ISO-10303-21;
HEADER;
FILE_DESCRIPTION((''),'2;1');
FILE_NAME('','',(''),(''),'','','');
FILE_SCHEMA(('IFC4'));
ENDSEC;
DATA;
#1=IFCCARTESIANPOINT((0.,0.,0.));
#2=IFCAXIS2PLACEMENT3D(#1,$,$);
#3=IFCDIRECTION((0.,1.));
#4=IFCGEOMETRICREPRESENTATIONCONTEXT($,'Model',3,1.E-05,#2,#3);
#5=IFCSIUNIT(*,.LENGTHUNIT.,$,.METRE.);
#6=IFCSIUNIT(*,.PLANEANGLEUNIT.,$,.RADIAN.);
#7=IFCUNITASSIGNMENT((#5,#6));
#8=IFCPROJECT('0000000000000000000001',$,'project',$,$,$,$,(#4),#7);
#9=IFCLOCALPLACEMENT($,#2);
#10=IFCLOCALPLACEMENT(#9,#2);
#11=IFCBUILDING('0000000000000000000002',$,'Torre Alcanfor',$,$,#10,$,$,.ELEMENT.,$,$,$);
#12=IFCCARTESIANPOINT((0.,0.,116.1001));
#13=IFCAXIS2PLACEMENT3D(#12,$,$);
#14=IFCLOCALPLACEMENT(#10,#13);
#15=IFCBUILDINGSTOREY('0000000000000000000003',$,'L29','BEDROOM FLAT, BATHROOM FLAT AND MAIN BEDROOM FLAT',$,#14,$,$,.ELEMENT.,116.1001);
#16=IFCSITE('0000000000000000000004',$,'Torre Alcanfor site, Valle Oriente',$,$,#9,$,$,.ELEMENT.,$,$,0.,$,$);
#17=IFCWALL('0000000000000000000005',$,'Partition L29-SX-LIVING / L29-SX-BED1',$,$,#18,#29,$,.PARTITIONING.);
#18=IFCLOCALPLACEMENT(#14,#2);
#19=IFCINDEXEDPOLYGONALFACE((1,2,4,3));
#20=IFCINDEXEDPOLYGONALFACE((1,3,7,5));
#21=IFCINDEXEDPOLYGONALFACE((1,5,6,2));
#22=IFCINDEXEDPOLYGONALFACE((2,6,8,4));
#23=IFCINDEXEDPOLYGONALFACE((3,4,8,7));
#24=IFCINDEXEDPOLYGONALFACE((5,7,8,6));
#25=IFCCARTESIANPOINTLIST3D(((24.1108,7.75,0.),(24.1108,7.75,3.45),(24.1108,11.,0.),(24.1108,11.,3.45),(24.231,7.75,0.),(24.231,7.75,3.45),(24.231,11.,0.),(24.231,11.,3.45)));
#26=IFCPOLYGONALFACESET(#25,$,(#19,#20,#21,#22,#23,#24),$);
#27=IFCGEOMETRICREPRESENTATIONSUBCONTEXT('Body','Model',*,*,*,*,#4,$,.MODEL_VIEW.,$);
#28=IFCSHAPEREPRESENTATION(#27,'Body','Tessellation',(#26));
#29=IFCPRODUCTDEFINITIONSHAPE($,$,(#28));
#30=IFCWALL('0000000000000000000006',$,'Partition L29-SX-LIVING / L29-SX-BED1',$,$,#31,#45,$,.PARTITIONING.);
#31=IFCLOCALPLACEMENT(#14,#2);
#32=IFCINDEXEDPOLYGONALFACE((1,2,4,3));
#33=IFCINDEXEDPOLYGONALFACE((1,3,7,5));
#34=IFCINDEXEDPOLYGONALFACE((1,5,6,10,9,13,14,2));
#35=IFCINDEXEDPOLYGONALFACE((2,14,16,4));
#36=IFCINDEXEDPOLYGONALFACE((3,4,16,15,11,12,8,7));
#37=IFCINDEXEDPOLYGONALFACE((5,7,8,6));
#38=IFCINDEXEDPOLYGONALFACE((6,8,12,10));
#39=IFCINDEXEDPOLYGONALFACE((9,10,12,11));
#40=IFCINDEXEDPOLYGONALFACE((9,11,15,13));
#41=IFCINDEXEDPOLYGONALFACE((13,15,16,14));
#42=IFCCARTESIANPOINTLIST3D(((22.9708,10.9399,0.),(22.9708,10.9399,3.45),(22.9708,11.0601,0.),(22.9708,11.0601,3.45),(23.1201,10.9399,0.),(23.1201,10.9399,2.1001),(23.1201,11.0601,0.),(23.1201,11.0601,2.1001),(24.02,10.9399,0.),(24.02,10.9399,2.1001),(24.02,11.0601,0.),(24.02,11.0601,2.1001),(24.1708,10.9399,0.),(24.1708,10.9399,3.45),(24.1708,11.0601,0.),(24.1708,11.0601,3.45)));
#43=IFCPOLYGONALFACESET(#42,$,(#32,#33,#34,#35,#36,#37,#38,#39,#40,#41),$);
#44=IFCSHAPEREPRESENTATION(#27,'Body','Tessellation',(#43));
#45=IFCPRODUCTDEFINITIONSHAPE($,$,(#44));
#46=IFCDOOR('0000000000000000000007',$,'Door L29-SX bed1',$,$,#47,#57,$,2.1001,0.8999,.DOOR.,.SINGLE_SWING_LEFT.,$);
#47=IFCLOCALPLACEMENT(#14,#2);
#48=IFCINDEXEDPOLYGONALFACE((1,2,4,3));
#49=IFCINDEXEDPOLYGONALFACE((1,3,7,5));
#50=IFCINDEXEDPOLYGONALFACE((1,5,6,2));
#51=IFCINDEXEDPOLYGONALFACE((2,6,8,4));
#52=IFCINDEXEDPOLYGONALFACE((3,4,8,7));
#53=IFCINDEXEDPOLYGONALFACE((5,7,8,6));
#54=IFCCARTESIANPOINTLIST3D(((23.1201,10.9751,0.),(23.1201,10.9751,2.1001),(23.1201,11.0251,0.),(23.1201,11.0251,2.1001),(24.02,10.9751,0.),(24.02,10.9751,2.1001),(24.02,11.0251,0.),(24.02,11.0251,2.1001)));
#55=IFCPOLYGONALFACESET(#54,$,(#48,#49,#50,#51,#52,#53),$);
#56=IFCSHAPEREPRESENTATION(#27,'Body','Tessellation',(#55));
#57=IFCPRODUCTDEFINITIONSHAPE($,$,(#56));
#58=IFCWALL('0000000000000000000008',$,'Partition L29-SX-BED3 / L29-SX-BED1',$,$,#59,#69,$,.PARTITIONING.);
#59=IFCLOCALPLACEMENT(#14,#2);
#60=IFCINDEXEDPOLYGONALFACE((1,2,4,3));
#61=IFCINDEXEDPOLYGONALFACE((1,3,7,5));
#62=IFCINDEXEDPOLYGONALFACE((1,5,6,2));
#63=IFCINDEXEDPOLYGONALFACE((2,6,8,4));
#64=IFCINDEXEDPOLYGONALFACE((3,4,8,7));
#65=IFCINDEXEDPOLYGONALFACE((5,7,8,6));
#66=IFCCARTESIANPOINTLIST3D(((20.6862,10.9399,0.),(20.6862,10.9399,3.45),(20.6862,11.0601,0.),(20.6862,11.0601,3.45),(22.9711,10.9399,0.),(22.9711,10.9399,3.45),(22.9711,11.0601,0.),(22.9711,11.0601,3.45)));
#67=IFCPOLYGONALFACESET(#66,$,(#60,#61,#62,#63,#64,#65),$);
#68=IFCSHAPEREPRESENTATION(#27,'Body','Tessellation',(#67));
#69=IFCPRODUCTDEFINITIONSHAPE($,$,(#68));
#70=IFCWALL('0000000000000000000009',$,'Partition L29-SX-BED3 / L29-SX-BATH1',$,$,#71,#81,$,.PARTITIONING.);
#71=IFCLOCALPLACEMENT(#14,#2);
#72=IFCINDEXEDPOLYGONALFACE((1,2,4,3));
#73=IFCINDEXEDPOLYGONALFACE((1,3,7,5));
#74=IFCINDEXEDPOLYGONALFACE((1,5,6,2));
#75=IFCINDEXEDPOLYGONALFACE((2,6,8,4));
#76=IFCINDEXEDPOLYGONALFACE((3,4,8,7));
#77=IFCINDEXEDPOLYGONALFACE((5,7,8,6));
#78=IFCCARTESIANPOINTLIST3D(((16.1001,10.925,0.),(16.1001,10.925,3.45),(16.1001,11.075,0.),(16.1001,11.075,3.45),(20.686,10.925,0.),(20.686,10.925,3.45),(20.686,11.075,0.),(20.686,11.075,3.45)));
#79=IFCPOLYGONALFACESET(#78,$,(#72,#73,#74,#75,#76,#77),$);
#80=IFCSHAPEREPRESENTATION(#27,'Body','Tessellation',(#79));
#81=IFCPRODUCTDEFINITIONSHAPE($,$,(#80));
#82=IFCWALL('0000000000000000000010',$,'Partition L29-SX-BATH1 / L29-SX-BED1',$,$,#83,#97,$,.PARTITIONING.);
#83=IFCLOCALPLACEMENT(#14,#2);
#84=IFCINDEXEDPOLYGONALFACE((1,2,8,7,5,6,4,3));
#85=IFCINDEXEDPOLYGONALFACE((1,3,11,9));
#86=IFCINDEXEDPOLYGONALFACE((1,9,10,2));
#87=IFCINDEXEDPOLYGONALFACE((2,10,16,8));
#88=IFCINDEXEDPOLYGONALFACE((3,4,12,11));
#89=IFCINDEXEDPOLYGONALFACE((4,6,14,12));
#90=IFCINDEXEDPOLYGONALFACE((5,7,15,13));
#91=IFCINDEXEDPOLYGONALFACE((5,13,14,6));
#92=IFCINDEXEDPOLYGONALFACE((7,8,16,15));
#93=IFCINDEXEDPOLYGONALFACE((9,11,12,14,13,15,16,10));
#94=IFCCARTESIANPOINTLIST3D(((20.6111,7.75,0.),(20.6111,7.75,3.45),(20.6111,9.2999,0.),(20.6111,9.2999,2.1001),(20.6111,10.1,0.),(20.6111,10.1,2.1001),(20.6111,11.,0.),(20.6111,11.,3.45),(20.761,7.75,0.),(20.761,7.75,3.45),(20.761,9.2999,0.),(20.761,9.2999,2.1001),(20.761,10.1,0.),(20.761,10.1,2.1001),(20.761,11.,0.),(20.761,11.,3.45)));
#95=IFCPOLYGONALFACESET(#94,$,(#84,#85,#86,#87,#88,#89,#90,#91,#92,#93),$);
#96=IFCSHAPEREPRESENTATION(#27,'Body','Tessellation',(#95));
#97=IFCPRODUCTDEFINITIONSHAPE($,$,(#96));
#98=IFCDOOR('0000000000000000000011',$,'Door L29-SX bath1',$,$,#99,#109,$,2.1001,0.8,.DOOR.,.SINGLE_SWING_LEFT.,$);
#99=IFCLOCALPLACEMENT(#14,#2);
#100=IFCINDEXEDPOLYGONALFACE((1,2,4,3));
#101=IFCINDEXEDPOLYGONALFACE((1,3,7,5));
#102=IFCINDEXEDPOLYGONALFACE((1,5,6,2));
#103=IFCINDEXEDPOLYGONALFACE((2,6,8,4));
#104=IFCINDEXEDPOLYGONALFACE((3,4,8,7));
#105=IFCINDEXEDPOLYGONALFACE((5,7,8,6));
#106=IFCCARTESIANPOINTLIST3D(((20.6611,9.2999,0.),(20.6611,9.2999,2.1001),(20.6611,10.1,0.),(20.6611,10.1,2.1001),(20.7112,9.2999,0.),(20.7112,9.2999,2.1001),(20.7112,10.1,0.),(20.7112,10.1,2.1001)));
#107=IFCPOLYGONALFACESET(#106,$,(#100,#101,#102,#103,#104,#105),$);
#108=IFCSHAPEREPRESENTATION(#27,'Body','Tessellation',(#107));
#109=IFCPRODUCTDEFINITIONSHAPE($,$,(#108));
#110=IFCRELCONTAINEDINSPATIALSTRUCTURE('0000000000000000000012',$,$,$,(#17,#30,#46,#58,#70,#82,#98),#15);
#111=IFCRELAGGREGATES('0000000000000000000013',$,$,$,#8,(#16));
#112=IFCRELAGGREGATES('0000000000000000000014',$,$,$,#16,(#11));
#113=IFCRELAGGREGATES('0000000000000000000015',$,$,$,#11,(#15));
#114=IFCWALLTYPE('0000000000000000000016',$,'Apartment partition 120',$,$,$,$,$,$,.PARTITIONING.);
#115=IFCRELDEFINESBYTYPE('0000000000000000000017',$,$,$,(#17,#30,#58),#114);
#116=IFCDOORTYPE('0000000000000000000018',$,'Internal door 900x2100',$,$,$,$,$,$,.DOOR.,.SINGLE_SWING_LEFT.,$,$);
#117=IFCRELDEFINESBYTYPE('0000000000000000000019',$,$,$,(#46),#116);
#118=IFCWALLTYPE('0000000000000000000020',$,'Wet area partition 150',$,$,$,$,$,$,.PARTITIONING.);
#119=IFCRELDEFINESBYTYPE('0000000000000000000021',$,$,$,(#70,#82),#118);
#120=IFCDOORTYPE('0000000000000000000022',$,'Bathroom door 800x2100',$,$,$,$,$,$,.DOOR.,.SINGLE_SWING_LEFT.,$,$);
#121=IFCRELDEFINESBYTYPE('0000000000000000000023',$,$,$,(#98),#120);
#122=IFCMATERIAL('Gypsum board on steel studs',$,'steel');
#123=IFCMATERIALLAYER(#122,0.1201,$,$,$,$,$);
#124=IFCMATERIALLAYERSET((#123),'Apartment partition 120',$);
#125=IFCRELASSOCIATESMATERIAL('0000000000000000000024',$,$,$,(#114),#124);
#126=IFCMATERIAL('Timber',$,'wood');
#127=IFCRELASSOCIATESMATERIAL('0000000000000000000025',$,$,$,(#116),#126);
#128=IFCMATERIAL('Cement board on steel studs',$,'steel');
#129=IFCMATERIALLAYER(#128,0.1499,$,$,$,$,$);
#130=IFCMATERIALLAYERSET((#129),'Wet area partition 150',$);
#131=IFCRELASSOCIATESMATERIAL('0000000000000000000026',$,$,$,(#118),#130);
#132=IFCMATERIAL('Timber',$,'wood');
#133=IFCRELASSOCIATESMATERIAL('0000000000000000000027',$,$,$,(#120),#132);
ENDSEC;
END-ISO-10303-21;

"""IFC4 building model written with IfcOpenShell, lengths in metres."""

from ifc_helpers import new_model, si_unit, direction, frame, frame_2d, origin, place, context, subcontext, project, spatial, rectangle, extrude, material, layer, layer_set, type_object, element, fill, save


model = new_model("IFC4")

# Units and contexts
model_context = context("Model", 3, precision=1e-05, world=origin(), true_north=direction((0.0, 1.0)))
body_context = subcontext(model_context, "Body", "Model", "MODEL_VIEW")
ifc_project = project(units=[si_unit("LENGTHUNIT", "METRE"), si_unit("PLANEANGLEUNIT", "RADIAN")], contexts=[model_context])

# Site, building, storey
site_placement = place(None, origin())
site = spatial("IfcSite", under=ifc_project, at=site_placement, Name="Torre Alcanfor site, Valle Oriente", CompositionType="ELEMENT", RefElevation=0.0)
building_placement = place(site_placement, origin())
building = spatial("IfcBuilding", under=site, at=building_placement, Name="Torre Alcanfor", CompositionType="ELEMENT")
storey_placement = place(building_placement, frame((0.0, 0.0, 116.1001)))
storey = spatial("IfcBuildingStorey", under=building, at=storey_placement, Name="L29", Description="BEDROOM FLAT, BATHROOM FLAT AND MAIN BEDROOM FLAT", CompositionType="ELEMENT", Elevation=116.1001)

# Shared definitions
ifc_material_1 = material(Name="Gypsum board on steel studs", Category="steel")
ifc_layer_1 = layer(ifc_material_1, 0.1201)
ifc_layer_set_1 = layer_set([ifc_layer_1], Name="Apartment partition 120")
wall_type_1 = type_object("IfcWallType", Name="Apartment partition 120", PredefinedType="PARTITIONING", material=ifc_layer_set_1)

# Shared definitions
ifc_material_2 = material(Name="Timber", Category="wood")
door_type_1 = type_object("IfcDoorType", Name="Internal door 900x2100", OperationType="SINGLE_SWING_LEFT", PredefinedType="DOOR", material=ifc_material_2)

# Wall
wall_1_placement = place(storey_placement, frame((24.1709, 7.75, 0.0), z_axis=(0.0, 0.0, 1.0), x_axis=(0.0, 1.0, 0.0)))
element("IfcWall", 1, at=wall_1_placement, inside=storey, type_object=wall_type_1, Name="Partition L29-SX-LIVING / L29-SX-BED1", PredefinedType="PARTITIONING", context=body_context, shape_type="SweptSolid", body=[
    extrude(rectangle(XDim=3.25, YDim=0.1201, at=frame_2d((1.625, 0.0))), origin(), (0.0, 0.0, 1.0), 3.45),
])

# Wall, opening, door
wall_2_placement = place(storey_placement, frame((24.1709, 11.0, 0.0), z_axis=(0.0, 0.0, 1.0), x_axis=(-1.0, 0.0, 0.0)))
wall_2 = element("IfcWall", 2, at=wall_2_placement, inside=storey, type_object=wall_type_1, Name="Partition L29-SX-LIVING / L29-SX-BED1", PredefinedType="PARTITIONING", context=body_context, shape_type="SweptSolid", body=[
    extrude(rectangle(XDim=1.2, YDim=0.1201, at=frame_2d((0.6001, 0.0))), origin(), (0.0, 0.0, 1.0), 3.45),
])
opening_1_placement = place(wall_2_placement, frame((0.1509, 0.0, 0.0)))
opening_1 = element("IfcOpeningElement", 3, at=opening_1_placement, cuts=wall_2, PredefinedType="OPENING", context=body_context, shape_type="SweptSolid", body=[
    extrude(rectangle(XDim=0.8999, YDim=2.1001, at=frame_2d((0.45, 1.05))), frame((0.0, 0.0701, 0.0), z_axis=(0.0, -1.0, 0.0), x_axis=(1.0, 0.0, 0.0)), (0.0, 0.0, 1.0), 0.1401),
])
door_1_placement = place(opening_1_placement, origin())
door_1 = element("IfcDoor", 4, at=door_1_placement, inside=storey, type_object=door_type_1, Name="Door L29-SX bed1", OperationType="SINGLE_SWING_LEFT", OverallHeight=2.1001, OverallWidth=0.8999, PredefinedType="DOOR", context=body_context, shape_type="SweptSolid", body=[
    extrude(rectangle(XDim=0.8999, YDim=2.1001, at=frame_2d((0.45, 1.05))), frame((0.0, 0.0249, 0.0), z_axis=(0.0, -1.0, 0.0), x_axis=(1.0, 0.0, 0.0)), (0.0, 0.0, 1.0), 0.05),
])
fill(opening_1, door_1)

# Walls
wall_3_placement = place(storey_placement, frame((20.686, 11.0, 0.0), z_axis=(0.0, 0.0, 1.0), x_axis=(1.0, 0.0, 0.0)))
element("IfcWall", 5, at=wall_3_placement, inside=storey, type_object=wall_type_1, Name="Partition L29-SX-BED3 / L29-SX-BED1", PredefinedType="PARTITIONING", context=body_context, shape_type="SweptSolid", body=[
    extrude(rectangle(XDim=2.2849, YDim=0.1201, at=frame_2d((1.1426, 0.0))), origin(), (0.0, 0.0, 1.0), 3.45),
])
ifc_material_3 = material(Name="Cement board on steel studs", Category="steel")
ifc_layer_2 = layer(ifc_material_3, 0.1499)
ifc_layer_set_2 = layer_set([ifc_layer_2], Name="Wet area partition 150")
wall_type_2 = type_object("IfcWallType", Name="Wet area partition 150", PredefinedType="PARTITIONING", material=ifc_layer_set_2)
wall_4_placement = place(storey_placement, frame((16.1001, 11.0, 0.0), z_axis=(0.0, 0.0, 1.0), x_axis=(1.0, 0.0, 0.0)))
element("IfcWall", 6, at=wall_4_placement, inside=storey, type_object=wall_type_2, Name="Partition L29-SX-BED3 / L29-SX-BATH1", PredefinedType="PARTITIONING", context=body_context, shape_type="SweptSolid", body=[
    extrude(rectangle(XDim=4.5859, YDim=0.1499, at=frame_2d((2.293, 0.0))), origin(), (0.0, 0.0, 1.0), 3.45),
])

# Wall, opening, door
wall_5_placement = place(storey_placement, frame((20.686, 7.75, 0.0), z_axis=(0.0, 0.0, 1.0), x_axis=(0.0, 1.0, 0.0)))
wall_5 = element("IfcWall", 7, at=wall_5_placement, inside=storey, type_object=wall_type_2, Name="Partition L29-SX-BATH1 / L29-SX-BED1", PredefinedType="PARTITIONING", context=body_context, shape_type="SweptSolid", body=[
    extrude(rectangle(XDim=3.25, YDim=0.1499, at=frame_2d((1.625, 0.0))), origin(), (0.0, 0.0, 1.0), 3.45),
])
opening_2_placement = place(wall_5_placement, frame((1.55, 0.0, 0.0)))
opening_2 = element("IfcOpeningElement", 8, at=opening_2_placement, cuts=wall_5, PredefinedType="OPENING", context=body_context, shape_type="SweptSolid", body=[
    extrude(rectangle(XDim=0.8, YDim=2.1001, at=frame_2d((0.3999, 1.05))), frame((0.0, 0.085, 0.0), z_axis=(0.0, -1.0, 0.0), x_axis=(1.0, 0.0, 0.0)), (0.0, 0.0, 1.0), 0.1699),
])
ifc_material_4 = material(Name="Timber", Category="wood")
door_type_2 = type_object("IfcDoorType", Name="Bathroom door 800x2100", OperationType="SINGLE_SWING_LEFT", PredefinedType="DOOR", material=ifc_material_4)
door_2_placement = place(opening_2_placement, frame((0.8, 0.0, 0.0), z_axis=(0.0, 0.0, 1.0), x_axis=(-1.0, 0.0, 0.0)))
door_2 = element("IfcDoor", 9, at=door_2_placement, inside=storey, type_object=door_type_2, Name="Door L29-SX bath1", OperationType="SINGLE_SWING_LEFT", OverallHeight=2.1001, OverallWidth=0.8, PredefinedType="DOOR", context=body_context, shape_type="SweptSolid", body=[
    extrude(rectangle(XDim=0.8, YDim=2.1001, at=frame_2d((0.4001, 1.05))), frame((0.0, 0.0251, 0.0), z_axis=(0.0, -1.0, 0.0), x_axis=(1.0, 0.0, 0.0)), (0.0, 0.0, 1.0), 0.05),
])
fill(opening_2, door_2)

save(model, "model.ifc")
